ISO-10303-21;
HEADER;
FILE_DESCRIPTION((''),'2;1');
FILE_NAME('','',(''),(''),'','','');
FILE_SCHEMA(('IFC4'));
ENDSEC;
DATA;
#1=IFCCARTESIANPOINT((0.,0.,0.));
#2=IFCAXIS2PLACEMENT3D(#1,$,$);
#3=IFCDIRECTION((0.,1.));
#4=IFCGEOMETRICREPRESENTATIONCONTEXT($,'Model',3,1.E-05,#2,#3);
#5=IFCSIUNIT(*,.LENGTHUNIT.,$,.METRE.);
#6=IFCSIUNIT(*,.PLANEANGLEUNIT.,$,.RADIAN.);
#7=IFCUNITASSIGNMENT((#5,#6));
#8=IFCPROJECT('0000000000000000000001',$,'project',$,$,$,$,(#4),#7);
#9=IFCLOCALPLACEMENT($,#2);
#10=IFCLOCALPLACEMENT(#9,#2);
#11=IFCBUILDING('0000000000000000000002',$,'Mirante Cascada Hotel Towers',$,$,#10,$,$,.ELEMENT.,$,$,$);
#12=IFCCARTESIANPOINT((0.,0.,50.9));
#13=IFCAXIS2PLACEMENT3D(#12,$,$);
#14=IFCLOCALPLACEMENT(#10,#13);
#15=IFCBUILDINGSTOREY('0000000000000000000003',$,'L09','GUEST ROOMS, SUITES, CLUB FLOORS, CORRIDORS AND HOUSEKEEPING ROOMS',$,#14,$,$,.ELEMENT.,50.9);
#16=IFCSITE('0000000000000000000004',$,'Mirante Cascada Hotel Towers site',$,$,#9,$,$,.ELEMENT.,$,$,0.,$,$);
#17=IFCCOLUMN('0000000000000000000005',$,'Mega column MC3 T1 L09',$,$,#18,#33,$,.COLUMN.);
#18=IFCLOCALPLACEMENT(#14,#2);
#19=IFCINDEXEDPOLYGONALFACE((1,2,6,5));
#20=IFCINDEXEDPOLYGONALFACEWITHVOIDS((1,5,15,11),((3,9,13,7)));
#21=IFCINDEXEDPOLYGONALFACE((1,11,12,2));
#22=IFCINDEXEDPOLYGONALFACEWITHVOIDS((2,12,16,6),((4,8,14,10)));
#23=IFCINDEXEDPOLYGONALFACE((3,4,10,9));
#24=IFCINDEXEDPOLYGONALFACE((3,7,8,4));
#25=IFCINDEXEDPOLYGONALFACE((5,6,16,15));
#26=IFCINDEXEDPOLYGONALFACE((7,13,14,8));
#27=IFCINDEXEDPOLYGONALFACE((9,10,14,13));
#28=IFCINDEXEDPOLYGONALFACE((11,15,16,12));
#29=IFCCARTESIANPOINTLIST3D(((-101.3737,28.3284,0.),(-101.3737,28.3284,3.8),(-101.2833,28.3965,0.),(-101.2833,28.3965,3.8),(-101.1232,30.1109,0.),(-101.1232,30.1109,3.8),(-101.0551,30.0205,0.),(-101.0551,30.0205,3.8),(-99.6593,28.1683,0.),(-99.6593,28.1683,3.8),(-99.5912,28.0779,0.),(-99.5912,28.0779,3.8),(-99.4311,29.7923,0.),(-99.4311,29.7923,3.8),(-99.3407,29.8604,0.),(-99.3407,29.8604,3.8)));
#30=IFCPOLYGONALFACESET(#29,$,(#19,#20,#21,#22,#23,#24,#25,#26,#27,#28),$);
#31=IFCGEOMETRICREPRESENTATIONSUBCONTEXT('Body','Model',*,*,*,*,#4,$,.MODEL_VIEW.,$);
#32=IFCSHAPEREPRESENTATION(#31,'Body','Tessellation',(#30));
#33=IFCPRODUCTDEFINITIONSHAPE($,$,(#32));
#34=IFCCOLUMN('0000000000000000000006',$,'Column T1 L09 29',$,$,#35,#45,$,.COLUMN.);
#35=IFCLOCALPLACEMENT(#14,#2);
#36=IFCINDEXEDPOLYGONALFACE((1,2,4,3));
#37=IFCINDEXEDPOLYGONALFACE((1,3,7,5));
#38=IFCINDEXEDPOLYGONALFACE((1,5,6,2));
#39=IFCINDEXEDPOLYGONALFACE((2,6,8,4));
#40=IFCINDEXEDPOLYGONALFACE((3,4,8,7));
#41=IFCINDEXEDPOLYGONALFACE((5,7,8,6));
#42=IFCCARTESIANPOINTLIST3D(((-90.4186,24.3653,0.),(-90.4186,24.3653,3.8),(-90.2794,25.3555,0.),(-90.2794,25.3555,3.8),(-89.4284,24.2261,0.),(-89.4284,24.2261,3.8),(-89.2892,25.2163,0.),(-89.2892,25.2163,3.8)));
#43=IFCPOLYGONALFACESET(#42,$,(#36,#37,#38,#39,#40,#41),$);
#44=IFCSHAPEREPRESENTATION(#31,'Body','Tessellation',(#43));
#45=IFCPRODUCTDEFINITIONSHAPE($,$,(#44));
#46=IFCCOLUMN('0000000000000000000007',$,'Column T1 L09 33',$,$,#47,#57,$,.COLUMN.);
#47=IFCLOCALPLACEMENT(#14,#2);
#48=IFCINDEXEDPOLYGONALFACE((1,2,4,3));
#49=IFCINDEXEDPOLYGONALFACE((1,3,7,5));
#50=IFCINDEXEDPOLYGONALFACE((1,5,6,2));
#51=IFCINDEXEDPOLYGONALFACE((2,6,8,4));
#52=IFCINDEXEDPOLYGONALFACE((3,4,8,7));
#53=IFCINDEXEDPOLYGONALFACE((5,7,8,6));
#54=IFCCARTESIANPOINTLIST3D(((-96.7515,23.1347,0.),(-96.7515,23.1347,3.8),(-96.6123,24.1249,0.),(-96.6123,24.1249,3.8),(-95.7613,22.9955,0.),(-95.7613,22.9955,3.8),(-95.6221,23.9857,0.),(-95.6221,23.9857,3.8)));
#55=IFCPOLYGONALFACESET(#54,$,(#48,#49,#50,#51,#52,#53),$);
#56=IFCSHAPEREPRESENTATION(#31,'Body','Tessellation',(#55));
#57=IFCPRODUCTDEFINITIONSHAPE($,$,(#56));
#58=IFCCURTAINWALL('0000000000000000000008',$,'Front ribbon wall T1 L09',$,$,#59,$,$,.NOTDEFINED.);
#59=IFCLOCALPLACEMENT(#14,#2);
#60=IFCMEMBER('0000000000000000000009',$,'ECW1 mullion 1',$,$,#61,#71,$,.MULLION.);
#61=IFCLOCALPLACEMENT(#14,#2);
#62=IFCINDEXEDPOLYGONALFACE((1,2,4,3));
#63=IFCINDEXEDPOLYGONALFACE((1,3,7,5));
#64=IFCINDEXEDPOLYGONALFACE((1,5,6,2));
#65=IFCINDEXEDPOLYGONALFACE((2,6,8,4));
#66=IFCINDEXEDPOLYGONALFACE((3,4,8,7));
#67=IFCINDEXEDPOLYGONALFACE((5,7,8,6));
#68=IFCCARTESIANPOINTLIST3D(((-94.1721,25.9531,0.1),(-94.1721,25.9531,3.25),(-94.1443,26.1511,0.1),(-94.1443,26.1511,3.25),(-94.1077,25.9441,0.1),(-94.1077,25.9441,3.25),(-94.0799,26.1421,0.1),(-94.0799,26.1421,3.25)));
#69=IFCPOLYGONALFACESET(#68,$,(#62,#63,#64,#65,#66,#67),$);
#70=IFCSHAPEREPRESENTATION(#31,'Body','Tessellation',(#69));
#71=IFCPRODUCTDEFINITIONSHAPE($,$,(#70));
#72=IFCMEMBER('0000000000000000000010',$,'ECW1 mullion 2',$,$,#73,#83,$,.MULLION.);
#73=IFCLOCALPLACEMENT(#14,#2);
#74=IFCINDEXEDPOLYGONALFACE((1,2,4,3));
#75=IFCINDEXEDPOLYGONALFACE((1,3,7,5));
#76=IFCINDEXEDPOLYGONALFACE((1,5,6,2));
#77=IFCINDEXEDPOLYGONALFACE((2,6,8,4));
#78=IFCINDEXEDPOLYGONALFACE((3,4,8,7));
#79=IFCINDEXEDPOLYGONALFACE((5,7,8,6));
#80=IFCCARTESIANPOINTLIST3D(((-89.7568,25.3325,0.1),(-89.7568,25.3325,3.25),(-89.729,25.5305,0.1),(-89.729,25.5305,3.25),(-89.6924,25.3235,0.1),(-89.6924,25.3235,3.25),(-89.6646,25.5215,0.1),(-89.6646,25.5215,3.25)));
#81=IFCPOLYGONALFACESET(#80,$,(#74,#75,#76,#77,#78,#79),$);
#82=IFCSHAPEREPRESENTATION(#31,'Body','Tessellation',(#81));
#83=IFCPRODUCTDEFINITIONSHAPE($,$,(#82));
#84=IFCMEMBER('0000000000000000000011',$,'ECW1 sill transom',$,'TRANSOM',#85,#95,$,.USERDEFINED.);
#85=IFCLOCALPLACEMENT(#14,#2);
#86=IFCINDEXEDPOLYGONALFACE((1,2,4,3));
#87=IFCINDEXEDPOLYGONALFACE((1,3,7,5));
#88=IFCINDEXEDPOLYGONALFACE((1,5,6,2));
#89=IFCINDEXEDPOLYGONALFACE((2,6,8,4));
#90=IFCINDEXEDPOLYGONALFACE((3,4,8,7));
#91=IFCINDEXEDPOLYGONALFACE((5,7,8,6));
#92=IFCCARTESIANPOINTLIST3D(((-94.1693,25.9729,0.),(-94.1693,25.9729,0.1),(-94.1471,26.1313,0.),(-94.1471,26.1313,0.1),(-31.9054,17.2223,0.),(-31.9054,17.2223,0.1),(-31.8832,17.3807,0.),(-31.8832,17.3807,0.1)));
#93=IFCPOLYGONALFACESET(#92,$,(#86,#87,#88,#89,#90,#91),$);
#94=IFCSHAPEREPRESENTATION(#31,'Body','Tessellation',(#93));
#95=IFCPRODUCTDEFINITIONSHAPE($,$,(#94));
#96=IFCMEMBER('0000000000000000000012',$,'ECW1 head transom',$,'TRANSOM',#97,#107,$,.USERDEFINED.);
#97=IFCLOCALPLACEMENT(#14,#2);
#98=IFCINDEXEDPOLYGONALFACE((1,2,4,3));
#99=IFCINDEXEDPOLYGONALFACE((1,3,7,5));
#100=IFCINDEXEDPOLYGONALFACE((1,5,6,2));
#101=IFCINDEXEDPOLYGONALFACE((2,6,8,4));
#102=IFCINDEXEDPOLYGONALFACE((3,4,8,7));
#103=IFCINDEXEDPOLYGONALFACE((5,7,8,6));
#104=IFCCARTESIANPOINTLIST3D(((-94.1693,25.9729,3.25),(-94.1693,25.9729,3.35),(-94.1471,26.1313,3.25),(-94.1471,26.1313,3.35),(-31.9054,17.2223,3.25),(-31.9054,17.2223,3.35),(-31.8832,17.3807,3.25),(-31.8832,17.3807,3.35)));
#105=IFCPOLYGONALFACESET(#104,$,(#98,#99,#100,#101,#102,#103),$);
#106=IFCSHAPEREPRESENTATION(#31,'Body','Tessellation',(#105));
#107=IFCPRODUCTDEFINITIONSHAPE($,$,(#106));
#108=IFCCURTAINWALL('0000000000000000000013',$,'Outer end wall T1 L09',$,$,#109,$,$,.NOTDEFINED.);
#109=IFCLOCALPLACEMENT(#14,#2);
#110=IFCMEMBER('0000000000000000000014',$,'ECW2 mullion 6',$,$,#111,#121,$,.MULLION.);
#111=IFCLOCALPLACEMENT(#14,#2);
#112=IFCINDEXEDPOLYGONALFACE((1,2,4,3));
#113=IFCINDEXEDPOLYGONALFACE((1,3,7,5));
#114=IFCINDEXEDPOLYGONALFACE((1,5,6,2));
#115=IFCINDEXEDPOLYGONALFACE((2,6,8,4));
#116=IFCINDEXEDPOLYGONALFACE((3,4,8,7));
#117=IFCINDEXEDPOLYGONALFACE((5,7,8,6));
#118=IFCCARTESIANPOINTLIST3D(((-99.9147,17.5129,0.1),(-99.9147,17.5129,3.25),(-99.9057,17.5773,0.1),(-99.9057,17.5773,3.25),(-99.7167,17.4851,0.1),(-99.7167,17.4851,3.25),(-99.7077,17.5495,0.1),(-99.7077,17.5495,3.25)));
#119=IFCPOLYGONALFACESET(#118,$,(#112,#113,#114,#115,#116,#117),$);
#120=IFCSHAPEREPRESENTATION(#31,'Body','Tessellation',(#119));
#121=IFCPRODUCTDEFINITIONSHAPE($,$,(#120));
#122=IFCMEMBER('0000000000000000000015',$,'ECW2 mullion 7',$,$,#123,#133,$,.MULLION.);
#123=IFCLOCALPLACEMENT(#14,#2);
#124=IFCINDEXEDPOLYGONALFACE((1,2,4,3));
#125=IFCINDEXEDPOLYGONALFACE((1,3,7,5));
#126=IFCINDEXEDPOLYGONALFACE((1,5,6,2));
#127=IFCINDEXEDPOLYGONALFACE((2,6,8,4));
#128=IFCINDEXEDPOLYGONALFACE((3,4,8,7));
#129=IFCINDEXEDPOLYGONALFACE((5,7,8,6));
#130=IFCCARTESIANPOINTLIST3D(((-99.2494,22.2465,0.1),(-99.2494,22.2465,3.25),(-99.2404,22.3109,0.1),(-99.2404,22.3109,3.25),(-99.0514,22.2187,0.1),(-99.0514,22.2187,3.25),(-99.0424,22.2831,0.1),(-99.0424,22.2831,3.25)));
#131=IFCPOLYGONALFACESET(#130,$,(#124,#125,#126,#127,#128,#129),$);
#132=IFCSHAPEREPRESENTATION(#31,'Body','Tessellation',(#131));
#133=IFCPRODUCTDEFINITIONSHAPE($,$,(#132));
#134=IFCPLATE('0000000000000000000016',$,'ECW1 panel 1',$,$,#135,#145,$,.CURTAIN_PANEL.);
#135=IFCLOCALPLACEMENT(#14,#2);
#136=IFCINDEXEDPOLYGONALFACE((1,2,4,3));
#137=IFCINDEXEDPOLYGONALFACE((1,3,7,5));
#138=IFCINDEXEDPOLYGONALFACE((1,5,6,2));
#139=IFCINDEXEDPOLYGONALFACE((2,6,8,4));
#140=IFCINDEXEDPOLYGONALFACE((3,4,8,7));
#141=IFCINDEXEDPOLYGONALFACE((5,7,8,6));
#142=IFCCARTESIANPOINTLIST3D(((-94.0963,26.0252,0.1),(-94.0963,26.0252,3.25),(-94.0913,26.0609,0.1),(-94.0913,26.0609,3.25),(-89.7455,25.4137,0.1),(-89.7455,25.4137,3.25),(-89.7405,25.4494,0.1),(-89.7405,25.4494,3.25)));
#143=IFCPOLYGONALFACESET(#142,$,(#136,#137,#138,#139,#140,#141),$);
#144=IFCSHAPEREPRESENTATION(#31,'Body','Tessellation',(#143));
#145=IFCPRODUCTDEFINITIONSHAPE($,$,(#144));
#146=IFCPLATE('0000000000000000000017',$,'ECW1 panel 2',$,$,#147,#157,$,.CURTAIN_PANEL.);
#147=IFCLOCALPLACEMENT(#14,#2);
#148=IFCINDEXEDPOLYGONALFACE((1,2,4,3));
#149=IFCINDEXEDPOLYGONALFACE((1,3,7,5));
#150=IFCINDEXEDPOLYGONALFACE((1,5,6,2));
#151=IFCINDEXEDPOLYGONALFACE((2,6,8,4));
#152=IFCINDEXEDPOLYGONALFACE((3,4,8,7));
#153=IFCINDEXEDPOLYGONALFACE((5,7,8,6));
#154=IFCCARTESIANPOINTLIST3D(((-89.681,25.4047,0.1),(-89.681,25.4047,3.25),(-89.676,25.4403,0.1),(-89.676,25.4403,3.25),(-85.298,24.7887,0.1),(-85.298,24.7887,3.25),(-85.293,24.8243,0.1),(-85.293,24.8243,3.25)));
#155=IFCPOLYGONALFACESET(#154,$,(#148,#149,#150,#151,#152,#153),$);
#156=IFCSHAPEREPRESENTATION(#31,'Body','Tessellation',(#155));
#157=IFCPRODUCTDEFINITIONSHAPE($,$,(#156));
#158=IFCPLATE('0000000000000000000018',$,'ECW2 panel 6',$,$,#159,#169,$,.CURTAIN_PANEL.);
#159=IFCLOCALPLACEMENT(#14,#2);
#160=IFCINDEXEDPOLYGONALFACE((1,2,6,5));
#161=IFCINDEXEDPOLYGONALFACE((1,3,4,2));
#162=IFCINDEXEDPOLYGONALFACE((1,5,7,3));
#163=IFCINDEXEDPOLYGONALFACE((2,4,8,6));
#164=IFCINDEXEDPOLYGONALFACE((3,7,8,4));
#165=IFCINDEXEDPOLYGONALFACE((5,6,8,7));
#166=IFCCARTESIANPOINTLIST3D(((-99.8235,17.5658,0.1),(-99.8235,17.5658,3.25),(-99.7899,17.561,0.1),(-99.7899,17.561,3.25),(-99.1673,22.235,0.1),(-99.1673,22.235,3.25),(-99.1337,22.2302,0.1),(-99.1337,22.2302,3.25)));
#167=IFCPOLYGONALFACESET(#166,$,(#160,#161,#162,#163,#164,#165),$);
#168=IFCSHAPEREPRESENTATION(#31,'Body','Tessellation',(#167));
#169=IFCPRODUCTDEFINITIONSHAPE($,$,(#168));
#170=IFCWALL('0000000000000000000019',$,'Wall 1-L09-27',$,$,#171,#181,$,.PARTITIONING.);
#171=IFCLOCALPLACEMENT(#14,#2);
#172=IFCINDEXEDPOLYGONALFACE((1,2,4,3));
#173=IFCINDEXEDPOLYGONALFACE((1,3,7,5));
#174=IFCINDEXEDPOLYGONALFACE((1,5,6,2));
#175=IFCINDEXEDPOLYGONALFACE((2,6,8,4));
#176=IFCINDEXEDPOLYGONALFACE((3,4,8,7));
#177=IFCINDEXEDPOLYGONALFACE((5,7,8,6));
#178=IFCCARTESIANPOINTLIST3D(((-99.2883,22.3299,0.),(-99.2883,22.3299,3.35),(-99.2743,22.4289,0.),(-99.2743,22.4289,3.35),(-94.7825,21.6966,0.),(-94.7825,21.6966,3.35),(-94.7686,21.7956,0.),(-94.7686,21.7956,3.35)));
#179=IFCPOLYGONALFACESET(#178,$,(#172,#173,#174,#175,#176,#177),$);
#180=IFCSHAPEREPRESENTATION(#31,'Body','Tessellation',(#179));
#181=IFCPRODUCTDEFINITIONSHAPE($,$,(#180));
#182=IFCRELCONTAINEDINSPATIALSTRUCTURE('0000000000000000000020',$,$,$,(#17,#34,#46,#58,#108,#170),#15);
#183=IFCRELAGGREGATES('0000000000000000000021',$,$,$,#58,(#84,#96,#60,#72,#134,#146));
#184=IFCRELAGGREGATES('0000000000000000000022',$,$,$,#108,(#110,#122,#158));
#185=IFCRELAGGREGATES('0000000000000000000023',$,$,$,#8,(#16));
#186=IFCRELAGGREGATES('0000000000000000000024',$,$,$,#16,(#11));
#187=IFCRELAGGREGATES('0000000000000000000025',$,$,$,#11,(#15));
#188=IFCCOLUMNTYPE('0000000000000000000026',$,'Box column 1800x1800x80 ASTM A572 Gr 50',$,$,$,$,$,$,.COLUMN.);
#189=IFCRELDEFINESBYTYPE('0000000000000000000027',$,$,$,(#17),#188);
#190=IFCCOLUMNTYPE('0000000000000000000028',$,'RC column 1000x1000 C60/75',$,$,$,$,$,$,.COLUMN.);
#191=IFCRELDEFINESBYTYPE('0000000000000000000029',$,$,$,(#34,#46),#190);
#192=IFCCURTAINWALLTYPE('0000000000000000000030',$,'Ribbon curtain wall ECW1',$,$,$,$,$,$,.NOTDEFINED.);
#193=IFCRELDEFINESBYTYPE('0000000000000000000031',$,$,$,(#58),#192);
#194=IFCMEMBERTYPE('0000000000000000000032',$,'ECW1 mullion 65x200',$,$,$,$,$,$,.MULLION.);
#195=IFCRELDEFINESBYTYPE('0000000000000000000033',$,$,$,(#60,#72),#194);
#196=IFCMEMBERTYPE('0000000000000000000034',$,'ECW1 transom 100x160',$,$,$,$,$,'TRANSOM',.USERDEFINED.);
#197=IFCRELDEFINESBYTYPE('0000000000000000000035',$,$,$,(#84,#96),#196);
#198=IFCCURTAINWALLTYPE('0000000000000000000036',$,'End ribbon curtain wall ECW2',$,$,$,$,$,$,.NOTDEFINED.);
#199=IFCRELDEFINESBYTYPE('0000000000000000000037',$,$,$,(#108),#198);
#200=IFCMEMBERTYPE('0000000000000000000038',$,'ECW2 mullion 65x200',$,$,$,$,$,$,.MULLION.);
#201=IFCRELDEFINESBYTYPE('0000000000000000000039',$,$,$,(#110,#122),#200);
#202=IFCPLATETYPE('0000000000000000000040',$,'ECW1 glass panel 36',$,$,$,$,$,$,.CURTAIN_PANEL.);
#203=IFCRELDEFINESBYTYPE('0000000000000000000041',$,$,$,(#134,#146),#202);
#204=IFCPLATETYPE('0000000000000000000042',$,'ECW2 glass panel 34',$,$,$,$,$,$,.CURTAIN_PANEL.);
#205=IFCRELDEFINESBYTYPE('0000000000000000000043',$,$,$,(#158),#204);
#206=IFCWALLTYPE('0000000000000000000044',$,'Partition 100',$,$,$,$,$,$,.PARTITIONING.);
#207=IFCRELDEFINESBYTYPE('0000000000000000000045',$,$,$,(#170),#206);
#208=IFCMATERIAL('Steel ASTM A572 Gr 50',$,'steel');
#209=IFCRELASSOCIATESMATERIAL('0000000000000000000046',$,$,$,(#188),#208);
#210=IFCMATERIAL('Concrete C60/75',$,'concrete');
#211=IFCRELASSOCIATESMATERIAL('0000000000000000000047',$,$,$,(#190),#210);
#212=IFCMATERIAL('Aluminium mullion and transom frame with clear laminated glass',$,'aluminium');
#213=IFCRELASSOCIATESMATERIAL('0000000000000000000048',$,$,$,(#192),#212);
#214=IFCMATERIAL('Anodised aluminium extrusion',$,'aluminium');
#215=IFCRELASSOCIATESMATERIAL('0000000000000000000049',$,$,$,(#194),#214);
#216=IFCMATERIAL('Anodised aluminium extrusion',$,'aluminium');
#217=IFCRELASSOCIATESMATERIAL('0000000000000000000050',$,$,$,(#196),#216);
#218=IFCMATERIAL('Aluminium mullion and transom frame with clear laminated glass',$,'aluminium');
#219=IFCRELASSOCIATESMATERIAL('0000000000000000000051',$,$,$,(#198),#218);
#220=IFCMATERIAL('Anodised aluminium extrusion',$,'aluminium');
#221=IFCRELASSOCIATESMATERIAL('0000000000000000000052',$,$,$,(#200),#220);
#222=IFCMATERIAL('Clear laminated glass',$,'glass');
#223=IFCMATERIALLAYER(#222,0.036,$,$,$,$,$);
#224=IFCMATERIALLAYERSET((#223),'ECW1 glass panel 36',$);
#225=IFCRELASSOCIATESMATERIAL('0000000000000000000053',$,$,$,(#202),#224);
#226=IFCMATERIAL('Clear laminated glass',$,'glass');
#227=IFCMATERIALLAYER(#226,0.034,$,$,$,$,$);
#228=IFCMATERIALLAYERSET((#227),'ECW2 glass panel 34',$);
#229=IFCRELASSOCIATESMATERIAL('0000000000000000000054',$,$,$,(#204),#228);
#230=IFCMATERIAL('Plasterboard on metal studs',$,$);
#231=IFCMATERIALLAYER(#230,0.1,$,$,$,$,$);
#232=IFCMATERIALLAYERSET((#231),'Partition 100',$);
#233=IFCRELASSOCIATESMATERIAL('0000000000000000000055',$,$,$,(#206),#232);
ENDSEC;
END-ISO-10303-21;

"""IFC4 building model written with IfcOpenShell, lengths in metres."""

from ifc_helpers import new_model, si_unit, direction, frame, frame_2d, origin, origin_2d, place, context, subcontext, project, spatial, rectangle, hollow_rectangle, extrude, material, layer, layer_set, material_profile, profile_set, type_object, element, aggregate, save


model = new_model("IFC4")

# Units and contexts
model_context = context("Model", 3, precision=1e-05, world=origin(), true_north=direction((0.0, 1.0)))
body_context = subcontext(model_context, "Body", "Model", "MODEL_VIEW")
ifc_project = project(units=[si_unit("LENGTHUNIT", "METRE"), si_unit("PLANEANGLEUNIT", "RADIAN")], contexts=[model_context])

# Site, building, storey
site_placement = place(None, origin())
site = spatial("IfcSite", under=ifc_project, at=site_placement, Name="Mirante Cascada Hotel Towers site", CompositionType="ELEMENT", RefElevation=0.0)
building_placement = place(site_placement, origin())
building = spatial("IfcBuilding", under=site, at=building_placement, Name="Mirante Cascada Hotel Towers", CompositionType="ELEMENT")
storey_placement = place(building_placement, frame((0.0, 0.0, 50.9)))
storey = spatial("IfcBuildingStorey", under=building, at=storey_placement, Name="L09", Description="GUEST ROOMS, SUITES, CLUB FLOORS, CORRIDORS AND HOUSEKEEPING ROOMS", CompositionType="ELEMENT", Elevation=50.9)

# Columns
ifc_material_1 = material(Name="Steel ASTM A572 Gr 50", Category="steel")
ifc_material_profile_1 = material_profile(ifc_material_1, hollow_rectangle(XDim=1.8, YDim=1.8, WallThickness=0.08, at=origin_2d()), Name="Box column 1800x1800x80 ASTM A572 Gr 50")
ifc_profile_set_1 = profile_set([ifc_material_profile_1], Name="Steel ASTM A572 Gr 50")
column_type_1 = type_object("IfcColumnType", Name="Box column 1800x1800x80 ASTM A572 Gr 50", PredefinedType="COLUMN", material=ifc_profile_set_1)
column_placement = place(storey_placement, frame((-100.3572, 29.0944, 0.0), z_axis=(0.0, 0.0, 1.0), x_axis=(-0.990268, 0.139173, 0.0)))
element("IfcColumn", 1, at=column_placement, inside=storey, type_object=column_type_1, Name="Mega column MC3 T1 L09", PredefinedType="COLUMN", context=body_context, shape_type="SweptSolid", body=[
    extrude(hollow_rectangle(XDim=1.8, YDim=1.8, WallThickness=0.08, at=origin_2d()), origin(), (0.0, 0.0, 1.0), 3.8),
])
ifc_material_2 = material(Name="Concrete C60/75", Category="concrete")
ifc_material_profile_2 = material_profile(ifc_material_2, rectangle(XDim=1.0, YDim=1.0, at=origin_2d()), Name="RC column 1000x1000 C60/75")
ifc_profile_set_2 = profile_set([ifc_material_profile_2], Name="Concrete C60/75")
column_type_2 = type_object("IfcColumnType", Name="RC column 1000x1000 C60/75", PredefinedType="COLUMN", material=ifc_profile_set_2)
for number, where, z_axis, x_axis, name in (
    (2, (-89.8539, 24.7908, 0.0), (0.0, 0.0, 1.0), (-0.990268, 0.139173, 0.0), "Column T1 L09 29"),
    (3, (-96.1868, 23.5602, 0.0), (0.0, 0.0, 1.0), (-0.990268, 0.139173, 0.0), "Column T1 L09 33"),
):
    element("IfcColumn", number, at=place(storey_placement, frame(where, z_axis=z_axis, x_axis=x_axis)), inside=storey, type_object=column_type_2, Name=name, PredefinedType="COLUMN", context=body_context, shape_type="SweptSolid", body=[
        extrude(rectangle(XDim=1.0, YDim=1.0, at=origin_2d()), origin(), (0.0, 0.0, 1.0), 3.8),
    ])

# Curtain walls, members
ifc_material_3 = material(Name="Aluminium mullion and transom frame with clear laminated glass", Category="aluminium")
curtain_wall_type_1 = type_object("IfcCurtainWallType", Name="Ribbon curtain wall ECW1", PredefinedType="NOTDEFINED", material=ifc_material_3)
curtain_wall_1_placement = place(storey_placement, origin())
curtain_wall_1 = element("IfcCurtainWall", 4, at=curtain_wall_1_placement, inside=storey, type_object=curtain_wall_type_1, Name="Front ribbon wall T1 L09", PredefinedType="NOTDEFINED")
ifc_material_4 = material(Name="Anodised aluminium extrusion", Category="aluminium")
ifc_material_profile_3 = material_profile(ifc_material_4, rectangle(XDim=0.2, YDim=0.065, at=origin_2d()), Name="ECW1 MULLION 65x200")
ifc_profile_set_3 = profile_set([ifc_material_profile_3], Name="Anodised aluminium extrusion")
member_type_1 = type_object("IfcMemberType", Name="ECW1 mullion 65x200", PredefinedType="MULLION", material=ifc_profile_set_3)
member_1_placement = place(storey_placement, frame((-94.126, 26.0476, 0.1), z_axis=(0.0, 0.0, 1.0), x_axis=(0.139173, 0.990268, 0.0)))
member_1 = element("IfcMember", 5, at=member_1_placement, type_object=member_type_1, Name="ECW1 mullion 1", PredefinedType="MULLION", context=body_context, shape_type="SweptSolid", body=[
    extrude(rectangle(XDim=0.2, YDim=0.065, at=origin_2d()), origin(), (0.0, 0.0, 1.0), 3.15),
])
member_2_placement = place(storey_placement, frame((-89.7107, 25.427, 0.1), z_axis=(0.0, 0.0, 1.0), x_axis=(0.139173, 0.990268, 0.0)))
member_2 = element("IfcMember", 6, at=member_2_placement, type_object=member_type_1, Name="ECW1 mullion 2", PredefinedType="MULLION", context=body_context, shape_type="SweptSolid", body=[
    extrude(rectangle(XDim=0.2, YDim=0.065, at=origin_2d()), origin(), (0.0, 0.0, 1.0), 3.15),
])
ifc_material_5 = material(Name="Anodised aluminium extrusion", Category="aluminium")
ifc_material_profile_4 = material_profile(ifc_material_5, rectangle(XDim=0.16, YDim=0.1, at=origin_2d()), Name="ECW1 TRANSOM 100x160")
ifc_profile_set_4 = profile_set([ifc_material_profile_4], Name="Anodised aluminium extrusion")
member_type_2 = type_object("IfcMemberType", Name="ECW1 transom 100x160", ElementType="TRANSOM", PredefinedType="USERDEFINED", material=ifc_profile_set_4)
member_3_placement = place(storey_placement, frame((-94.1582, 26.0521, 0.05), z_axis=(0.990268, -0.139173, 0.0), x_axis=(0.139173, 0.990268, 0.0)))
member_3 = element("IfcMember", 7, at=member_3_placement, type_object=member_type_2, Name="ECW1 sill transom", ObjectType="TRANSOM", PredefinedType="USERDEFINED", context=body_context, shape_type="SweptSolid", body=[
    extrude(rectangle(XDim=0.16, YDim=0.1, at=origin_2d()), origin(), (0.0, 0.0, 1.0), 62.8758),
])
member_4_placement = place(storey_placement, frame((-94.1582, 26.0521, 3.3), z_axis=(0.990268, -0.139173, 0.0), x_axis=(0.139173, 0.990268, 0.0)))
member_4 = element("IfcMember", 8, at=member_4_placement, type_object=member_type_2, Name="ECW1 head transom", ObjectType="TRANSOM", PredefinedType="USERDEFINED", context=body_context, shape_type="SweptSolid", body=[
    extrude(rectangle(XDim=0.16, YDim=0.1, at=origin_2d()), origin(), (0.0, 0.0, 1.0), 62.8758),
])
ifc_material_6 = material(Name="Aluminium mullion and transom frame with clear laminated glass", Category="aluminium")
curtain_wall_type_2 = type_object("IfcCurtainWallType", Name="End ribbon curtain wall ECW2", PredefinedType="NOTDEFINED", material=ifc_material_6)
curtain_wall_2_placement = place(storey_placement, origin())
curtain_wall_2 = element("IfcCurtainWall", 9, at=curtain_wall_2_placement, inside=storey, type_object=curtain_wall_type_2, Name="Outer end wall T1 L09", PredefinedType="NOTDEFINED")
ifc_material_7 = material(Name="Anodised aluminium extrusion", Category="aluminium")
ifc_material_profile_5 = material_profile(ifc_material_7, rectangle(XDim=0.2, YDim=0.065, at=origin_2d()), Name="ECW2 MULLION 65x200")
ifc_profile_set_5 = profile_set([ifc_material_profile_5], Name="Anodised aluminium extrusion")
member_type_3 = type_object("IfcMemberType", Name="ECW2 mullion 65x200", PredefinedType="MULLION", material=ifc_profile_set_5)
member_5_placement = place(storey_placement, frame((-99.8112, 17.5312, 0.1), z_axis=(0.0, 0.0, 1.0), x_axis=(-0.990268, 0.139173, 0.0)))
member_5 = element("IfcMember", 10, at=member_5_placement, type_object=member_type_3, Name="ECW2 mullion 6", PredefinedType="MULLION", context=body_context, shape_type="SweptSolid", body=[
    extrude(rectangle(XDim=0.2, YDim=0.065, at=origin_2d()), origin(), (0.0, 0.0, 1.0), 3.15),
])
member_6_placement = place(storey_placement, frame((-99.1459, 22.2648, 0.1), z_axis=(0.0, 0.0, 1.0), x_axis=(-0.990268, 0.139173, 0.0)))
member_6 = element("IfcMember", 11, at=member_6_placement, type_object=member_type_3, Name="ECW2 mullion 7", PredefinedType="MULLION", context=body_context, shape_type="SweptSolid", body=[
    extrude(rectangle(XDim=0.2, YDim=0.065, at=origin_2d()), origin(), (0.0, 0.0, 1.0), 3.15),
])

# Plates
ifc_material_8 = material(Name="Clear laminated glass", Category="glass")
ifc_layer_1 = layer(ifc_material_8, 0.036)
ifc_layer_set_1 = layer_set([ifc_layer_1], Name="ECW1 glass panel 36")
plate_type_1 = type_object("IfcPlateType", Name="ECW1 glass panel 36", PredefinedType="CURTAIN_PANEL", material=ifc_layer_set_1)
plate_1_placement = place(storey_placement, frame((-91.9184, 25.7373, 0.1), z_axis=(0.0, 0.0, 1.0), x_axis=(0.990268, -0.139173, 0.0)))
plate_1 = element("IfcPlate", 12, at=plate_1_placement, type_object=plate_type_1, Name="ECW1 panel 1", PredefinedType="CURTAIN_PANEL", context=body_context, shape_type="SweptSolid", body=[
    extrude(rectangle(XDim=4.3936, YDim=0.036, at=origin_2d()), origin(), (0.0, 0.0, 1.0), 3.15),
])
plate_2_placement = place(storey_placement, frame((-87.487, 25.1145, 0.1), z_axis=(0.0, 0.0, 1.0), x_axis=(0.990268, -0.139173, 0.0)))
plate_2 = element("IfcPlate", 13, at=plate_2_placement, type_object=plate_type_1, Name="ECW1 panel 2", PredefinedType="CURTAIN_PANEL", context=body_context, shape_type="SweptSolid", body=[
    extrude(rectangle(XDim=4.4261, YDim=0.036, at=origin_2d()), origin(), (0.0, 0.0, 1.0), 3.15),
])
aggregate(curtain_wall_1, [member_3, member_4, member_1, member_2, plate_1, plate_2])
ifc_material_9 = material(Name="Clear laminated glass", Category="glass")
ifc_layer_2 = layer(ifc_material_9, 0.034)
ifc_layer_set_2 = layer_set([ifc_layer_2], Name="ECW2 glass panel 34")
plate_type_2 = type_object("IfcPlateType", Name="ECW2 glass panel 34", PredefinedType="CURTAIN_PANEL", material=ifc_layer_set_2)
plate_3_placement = place(storey_placement, frame((-99.4786, 19.898, 0.1), z_axis=(0.0, 0.0, 1.0), x_axis=(0.139173, 0.990268, 0.0)))
plate_3 = element("IfcPlate", 14, at=plate_3_placement, type_object=plate_type_2, Name="ECW2 panel 6", PredefinedType="CURTAIN_PANEL", context=body_context, shape_type="SweptSolid", body=[
    extrude(rectangle(XDim=4.7151, YDim=0.034, at=origin_2d()), origin(), (0.0, 0.0, 1.0), 3.15),
])
aggregate(curtain_wall_2, [member_5, member_6, plate_3])

# Wall
ifc_material_10 = material(Name="Plasterboard on metal studs")
ifc_layer_3 = layer(ifc_material_10, 0.1)
ifc_layer_set_3 = layer_set([ifc_layer_3], Name="Partition 100")
wall_type_1 = type_object("IfcWallType", Name="Partition 100", PredefinedType="PARTITIONING", material=ifc_layer_set_3)
wall_1_placement = place(storey_placement, frame((-99.2813, 22.3794, 0.0), z_axis=(0.0, 0.0, 1.0), x_axis=(0.990266, -0.139187, 0.0)))
element("IfcWall", 15, at=wall_1_placement, inside=storey, type_object=wall_type_1, Name="Wall 1-L09-27", PredefinedType="PARTITIONING", context=body_context, shape_type="SweptSolid", body=[
    extrude(rectangle(XDim=4.55, YDim=0.1, at=frame_2d((2.275, 0.0))), origin(), (0.0, 0.0, 1.0), 3.35),
])

save(model, "model.ifc")
